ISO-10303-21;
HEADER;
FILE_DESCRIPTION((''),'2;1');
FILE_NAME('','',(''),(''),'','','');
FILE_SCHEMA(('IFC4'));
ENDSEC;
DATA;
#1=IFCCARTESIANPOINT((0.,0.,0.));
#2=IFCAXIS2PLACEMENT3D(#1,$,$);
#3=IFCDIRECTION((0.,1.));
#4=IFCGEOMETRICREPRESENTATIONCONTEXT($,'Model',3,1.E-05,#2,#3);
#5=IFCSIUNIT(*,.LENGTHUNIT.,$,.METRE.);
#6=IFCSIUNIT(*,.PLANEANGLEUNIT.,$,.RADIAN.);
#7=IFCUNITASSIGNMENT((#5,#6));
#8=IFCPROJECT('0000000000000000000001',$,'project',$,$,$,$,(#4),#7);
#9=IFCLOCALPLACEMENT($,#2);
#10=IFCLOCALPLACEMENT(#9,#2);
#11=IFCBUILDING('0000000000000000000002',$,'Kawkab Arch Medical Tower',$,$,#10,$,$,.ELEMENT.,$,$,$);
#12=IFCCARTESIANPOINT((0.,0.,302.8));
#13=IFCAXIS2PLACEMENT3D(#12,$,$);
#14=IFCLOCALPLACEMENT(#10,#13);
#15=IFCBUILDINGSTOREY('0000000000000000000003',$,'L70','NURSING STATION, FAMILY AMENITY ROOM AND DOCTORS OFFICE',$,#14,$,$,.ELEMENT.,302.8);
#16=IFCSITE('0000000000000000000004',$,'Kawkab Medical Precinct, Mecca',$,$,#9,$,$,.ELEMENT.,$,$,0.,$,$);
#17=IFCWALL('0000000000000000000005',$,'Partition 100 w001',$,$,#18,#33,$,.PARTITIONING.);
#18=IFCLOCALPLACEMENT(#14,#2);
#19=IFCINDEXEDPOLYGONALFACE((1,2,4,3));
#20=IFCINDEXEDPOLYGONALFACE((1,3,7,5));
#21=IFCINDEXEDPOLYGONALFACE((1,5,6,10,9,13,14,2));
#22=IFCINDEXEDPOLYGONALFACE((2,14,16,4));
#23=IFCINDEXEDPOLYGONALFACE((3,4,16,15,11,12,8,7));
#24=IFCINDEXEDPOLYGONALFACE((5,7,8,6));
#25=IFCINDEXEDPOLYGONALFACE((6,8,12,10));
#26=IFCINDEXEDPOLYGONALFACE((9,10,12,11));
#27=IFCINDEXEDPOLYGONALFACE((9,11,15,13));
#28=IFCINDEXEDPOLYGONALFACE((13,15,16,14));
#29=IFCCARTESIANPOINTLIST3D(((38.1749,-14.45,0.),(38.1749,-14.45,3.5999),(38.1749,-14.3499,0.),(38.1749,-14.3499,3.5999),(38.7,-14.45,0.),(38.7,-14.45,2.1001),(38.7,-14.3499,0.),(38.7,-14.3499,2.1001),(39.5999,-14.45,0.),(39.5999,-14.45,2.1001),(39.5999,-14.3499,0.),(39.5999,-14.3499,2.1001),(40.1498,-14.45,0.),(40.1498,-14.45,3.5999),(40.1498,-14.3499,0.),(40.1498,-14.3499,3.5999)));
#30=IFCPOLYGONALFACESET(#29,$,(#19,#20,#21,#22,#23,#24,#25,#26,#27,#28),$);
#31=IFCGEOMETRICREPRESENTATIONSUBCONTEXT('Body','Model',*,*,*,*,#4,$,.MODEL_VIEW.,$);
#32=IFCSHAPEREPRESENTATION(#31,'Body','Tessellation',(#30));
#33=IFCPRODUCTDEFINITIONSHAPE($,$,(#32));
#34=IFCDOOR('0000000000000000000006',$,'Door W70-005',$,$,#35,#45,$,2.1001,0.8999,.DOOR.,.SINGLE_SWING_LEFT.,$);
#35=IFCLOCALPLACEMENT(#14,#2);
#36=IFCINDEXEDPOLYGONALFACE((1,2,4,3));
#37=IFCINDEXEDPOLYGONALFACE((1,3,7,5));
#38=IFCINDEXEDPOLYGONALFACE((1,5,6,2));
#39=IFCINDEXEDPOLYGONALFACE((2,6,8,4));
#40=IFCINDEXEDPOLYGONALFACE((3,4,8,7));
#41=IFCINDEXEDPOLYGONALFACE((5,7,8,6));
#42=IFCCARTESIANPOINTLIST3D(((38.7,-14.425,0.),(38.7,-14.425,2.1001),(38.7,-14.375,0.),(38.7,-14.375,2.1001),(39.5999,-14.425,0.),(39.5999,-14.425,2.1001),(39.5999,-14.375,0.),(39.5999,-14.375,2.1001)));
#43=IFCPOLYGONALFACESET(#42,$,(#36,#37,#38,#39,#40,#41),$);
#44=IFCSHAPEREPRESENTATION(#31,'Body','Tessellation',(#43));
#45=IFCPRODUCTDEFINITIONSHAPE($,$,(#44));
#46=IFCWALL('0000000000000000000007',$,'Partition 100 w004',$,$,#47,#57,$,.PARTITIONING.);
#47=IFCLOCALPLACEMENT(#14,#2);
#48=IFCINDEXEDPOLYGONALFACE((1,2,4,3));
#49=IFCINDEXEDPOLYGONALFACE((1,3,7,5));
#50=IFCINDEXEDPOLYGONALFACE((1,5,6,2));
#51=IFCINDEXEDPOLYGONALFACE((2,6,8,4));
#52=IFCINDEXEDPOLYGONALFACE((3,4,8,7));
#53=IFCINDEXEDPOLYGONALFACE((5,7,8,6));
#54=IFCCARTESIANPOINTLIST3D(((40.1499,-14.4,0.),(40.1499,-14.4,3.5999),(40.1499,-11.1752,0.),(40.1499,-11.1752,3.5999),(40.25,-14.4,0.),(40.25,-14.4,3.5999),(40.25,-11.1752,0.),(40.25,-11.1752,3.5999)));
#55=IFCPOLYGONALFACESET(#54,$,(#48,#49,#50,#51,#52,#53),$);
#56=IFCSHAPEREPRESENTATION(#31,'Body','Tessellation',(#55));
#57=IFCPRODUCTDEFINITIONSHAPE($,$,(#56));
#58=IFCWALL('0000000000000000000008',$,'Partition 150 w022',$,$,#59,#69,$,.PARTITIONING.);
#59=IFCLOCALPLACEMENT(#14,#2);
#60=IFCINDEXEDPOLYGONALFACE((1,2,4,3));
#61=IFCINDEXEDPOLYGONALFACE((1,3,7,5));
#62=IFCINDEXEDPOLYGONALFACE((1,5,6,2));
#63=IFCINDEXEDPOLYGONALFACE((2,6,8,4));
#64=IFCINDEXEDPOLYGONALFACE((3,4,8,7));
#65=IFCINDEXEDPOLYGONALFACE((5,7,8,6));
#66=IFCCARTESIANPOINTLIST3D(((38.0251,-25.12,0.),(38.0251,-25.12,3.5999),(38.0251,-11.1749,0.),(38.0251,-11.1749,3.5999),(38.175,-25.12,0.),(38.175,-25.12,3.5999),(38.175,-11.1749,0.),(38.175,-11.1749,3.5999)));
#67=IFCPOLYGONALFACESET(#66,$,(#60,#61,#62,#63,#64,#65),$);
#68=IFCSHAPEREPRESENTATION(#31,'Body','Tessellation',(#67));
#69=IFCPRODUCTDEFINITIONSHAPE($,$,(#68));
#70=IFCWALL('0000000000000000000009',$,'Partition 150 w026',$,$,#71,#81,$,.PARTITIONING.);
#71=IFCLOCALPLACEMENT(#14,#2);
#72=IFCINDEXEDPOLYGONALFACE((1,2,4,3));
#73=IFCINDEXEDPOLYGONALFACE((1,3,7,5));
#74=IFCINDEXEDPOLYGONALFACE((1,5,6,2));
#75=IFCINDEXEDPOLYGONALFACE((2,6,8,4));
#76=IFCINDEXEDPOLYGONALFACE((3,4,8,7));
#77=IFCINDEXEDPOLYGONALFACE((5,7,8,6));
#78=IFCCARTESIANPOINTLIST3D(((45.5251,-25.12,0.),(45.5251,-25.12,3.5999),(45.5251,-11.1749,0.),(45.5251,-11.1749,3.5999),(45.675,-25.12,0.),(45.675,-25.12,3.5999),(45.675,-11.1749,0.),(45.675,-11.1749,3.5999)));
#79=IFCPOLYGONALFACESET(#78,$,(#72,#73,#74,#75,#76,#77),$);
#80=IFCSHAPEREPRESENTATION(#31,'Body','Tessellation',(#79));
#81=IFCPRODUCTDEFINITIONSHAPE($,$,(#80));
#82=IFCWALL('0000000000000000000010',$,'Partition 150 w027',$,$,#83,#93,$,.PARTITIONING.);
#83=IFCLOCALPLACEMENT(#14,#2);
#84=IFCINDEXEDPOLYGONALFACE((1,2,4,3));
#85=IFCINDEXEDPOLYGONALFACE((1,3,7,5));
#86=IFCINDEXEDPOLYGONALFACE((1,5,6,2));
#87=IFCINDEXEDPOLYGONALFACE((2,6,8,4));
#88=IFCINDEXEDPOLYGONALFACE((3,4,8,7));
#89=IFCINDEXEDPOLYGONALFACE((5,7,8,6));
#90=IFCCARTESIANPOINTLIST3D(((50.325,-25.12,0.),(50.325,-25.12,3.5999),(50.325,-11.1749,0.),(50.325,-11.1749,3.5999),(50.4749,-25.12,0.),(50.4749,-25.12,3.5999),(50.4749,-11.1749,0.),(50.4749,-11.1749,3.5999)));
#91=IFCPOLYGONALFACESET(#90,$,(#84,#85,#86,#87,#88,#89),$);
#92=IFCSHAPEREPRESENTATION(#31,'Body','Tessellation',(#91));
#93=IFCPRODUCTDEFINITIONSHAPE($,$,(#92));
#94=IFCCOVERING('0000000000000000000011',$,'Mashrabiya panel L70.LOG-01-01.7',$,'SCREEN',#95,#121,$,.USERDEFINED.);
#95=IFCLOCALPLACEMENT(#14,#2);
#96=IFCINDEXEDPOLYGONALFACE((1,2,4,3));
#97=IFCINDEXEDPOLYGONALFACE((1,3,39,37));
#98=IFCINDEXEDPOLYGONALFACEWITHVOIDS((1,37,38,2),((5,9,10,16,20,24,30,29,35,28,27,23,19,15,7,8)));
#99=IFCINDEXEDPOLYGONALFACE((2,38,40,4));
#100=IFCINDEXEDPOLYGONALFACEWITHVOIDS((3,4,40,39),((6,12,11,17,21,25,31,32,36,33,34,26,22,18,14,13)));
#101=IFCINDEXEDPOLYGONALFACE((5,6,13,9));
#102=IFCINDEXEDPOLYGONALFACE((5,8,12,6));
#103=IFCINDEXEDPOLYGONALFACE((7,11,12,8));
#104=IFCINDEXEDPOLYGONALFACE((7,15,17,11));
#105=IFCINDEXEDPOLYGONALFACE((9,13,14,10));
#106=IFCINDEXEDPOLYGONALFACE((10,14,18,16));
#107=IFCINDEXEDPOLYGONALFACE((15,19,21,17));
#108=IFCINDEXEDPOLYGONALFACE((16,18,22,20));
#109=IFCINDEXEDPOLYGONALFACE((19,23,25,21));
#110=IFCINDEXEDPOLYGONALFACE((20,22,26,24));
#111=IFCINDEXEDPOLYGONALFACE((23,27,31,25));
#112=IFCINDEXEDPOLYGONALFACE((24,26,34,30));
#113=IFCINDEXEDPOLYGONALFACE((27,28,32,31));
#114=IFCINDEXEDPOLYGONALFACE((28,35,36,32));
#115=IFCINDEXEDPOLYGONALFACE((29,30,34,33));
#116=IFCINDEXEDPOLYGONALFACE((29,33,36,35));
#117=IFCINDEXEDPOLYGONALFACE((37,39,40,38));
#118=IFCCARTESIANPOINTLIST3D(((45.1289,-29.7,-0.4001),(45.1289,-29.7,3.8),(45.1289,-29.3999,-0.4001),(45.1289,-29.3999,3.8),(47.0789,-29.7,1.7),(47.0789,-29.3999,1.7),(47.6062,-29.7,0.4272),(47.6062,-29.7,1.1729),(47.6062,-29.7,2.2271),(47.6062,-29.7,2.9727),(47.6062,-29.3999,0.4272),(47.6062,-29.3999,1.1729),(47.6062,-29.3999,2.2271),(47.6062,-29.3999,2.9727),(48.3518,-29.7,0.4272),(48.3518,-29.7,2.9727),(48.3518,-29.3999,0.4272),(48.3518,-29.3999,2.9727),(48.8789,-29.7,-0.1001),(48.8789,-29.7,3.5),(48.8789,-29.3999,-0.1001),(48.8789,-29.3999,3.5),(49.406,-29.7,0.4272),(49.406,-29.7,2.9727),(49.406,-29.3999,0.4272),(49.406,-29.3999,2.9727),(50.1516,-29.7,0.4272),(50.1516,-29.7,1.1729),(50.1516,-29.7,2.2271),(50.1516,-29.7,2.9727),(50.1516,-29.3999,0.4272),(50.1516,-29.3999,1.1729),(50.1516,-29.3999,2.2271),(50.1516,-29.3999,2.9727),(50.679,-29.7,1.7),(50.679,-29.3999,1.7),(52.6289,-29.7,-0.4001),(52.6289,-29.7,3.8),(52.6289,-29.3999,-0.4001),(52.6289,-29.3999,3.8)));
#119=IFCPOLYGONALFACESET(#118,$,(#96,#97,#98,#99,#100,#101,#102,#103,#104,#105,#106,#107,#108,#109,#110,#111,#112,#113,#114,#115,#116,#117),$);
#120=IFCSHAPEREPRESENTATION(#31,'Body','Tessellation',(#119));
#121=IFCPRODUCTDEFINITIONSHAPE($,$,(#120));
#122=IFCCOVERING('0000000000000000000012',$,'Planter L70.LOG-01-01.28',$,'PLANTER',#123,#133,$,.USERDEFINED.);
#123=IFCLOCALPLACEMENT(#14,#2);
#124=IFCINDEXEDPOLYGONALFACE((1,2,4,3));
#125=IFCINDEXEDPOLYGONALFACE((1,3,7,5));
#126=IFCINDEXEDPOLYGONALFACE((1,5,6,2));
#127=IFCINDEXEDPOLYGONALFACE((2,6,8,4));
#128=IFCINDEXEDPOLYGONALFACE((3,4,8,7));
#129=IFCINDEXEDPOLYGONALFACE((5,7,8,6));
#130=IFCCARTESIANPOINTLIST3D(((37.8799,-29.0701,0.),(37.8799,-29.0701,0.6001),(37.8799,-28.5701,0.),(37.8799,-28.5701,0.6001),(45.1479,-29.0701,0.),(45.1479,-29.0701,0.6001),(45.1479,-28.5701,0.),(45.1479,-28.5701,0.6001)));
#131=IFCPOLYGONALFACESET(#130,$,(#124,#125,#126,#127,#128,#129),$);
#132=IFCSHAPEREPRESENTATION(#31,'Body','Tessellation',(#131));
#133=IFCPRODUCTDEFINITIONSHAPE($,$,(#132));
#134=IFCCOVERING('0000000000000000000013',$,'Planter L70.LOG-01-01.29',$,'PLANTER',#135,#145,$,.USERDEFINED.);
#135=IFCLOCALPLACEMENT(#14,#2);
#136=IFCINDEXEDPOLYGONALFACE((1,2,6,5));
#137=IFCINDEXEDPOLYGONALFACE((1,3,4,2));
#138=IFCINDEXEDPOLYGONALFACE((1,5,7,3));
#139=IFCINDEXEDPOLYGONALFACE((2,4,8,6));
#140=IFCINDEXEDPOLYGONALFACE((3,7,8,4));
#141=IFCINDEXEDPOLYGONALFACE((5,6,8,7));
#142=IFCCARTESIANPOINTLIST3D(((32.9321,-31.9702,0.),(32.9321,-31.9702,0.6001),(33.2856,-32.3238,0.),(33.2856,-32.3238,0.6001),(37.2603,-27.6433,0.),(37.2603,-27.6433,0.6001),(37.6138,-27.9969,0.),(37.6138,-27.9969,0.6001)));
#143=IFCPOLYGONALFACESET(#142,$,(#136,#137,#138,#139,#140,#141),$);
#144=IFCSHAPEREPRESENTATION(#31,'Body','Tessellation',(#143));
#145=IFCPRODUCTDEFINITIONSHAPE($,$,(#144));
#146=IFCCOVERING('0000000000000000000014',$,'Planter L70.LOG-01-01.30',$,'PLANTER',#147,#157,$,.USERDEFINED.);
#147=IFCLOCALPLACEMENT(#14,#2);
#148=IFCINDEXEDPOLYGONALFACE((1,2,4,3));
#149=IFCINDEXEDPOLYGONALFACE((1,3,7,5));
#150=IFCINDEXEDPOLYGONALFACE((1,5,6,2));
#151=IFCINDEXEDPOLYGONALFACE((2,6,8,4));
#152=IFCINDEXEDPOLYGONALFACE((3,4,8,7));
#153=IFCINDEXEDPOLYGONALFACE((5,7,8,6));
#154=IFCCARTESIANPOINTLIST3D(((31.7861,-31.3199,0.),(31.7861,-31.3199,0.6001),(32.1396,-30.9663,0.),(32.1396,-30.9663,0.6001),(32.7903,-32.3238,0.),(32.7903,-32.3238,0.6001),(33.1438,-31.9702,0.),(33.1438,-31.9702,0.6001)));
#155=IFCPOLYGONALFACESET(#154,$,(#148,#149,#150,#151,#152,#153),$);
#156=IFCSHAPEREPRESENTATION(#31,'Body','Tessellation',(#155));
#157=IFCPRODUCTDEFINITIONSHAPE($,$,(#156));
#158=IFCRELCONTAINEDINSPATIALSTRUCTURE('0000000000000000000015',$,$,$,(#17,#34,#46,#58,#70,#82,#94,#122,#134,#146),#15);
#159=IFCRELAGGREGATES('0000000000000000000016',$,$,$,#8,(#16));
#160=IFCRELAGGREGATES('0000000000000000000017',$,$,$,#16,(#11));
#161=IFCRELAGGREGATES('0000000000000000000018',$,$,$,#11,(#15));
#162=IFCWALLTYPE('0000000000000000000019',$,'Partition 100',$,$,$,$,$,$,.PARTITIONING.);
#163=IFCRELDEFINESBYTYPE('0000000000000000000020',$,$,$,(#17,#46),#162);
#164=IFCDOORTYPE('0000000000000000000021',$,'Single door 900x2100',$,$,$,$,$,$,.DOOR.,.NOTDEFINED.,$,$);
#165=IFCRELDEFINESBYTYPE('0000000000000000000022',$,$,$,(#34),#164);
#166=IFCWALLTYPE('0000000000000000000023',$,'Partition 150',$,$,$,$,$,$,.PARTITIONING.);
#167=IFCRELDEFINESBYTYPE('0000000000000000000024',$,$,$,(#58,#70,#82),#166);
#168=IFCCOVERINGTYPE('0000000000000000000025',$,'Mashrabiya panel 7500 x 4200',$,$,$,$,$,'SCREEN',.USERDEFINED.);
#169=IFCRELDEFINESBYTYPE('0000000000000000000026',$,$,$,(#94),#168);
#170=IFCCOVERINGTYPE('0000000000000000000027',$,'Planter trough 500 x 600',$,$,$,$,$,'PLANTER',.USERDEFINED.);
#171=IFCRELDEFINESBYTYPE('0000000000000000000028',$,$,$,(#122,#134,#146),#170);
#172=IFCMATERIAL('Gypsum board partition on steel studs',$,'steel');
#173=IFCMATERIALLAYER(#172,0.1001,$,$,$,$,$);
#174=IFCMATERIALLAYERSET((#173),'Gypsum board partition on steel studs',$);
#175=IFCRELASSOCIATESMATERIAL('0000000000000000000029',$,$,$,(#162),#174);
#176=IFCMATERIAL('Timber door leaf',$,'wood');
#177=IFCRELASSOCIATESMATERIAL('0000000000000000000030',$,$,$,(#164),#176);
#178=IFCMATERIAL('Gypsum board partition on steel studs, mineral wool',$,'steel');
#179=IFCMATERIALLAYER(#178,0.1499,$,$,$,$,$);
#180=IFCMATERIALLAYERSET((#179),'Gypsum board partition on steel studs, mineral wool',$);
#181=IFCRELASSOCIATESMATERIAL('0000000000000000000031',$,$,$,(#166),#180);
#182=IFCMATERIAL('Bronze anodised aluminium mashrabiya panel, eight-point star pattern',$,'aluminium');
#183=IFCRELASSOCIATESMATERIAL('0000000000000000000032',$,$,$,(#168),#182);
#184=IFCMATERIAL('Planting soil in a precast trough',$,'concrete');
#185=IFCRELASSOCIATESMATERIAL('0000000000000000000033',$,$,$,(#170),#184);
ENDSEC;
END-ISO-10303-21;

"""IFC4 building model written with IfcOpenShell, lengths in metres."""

from ifc_helpers import new_model, si_unit, direction, frame, frame_2d, origin, origin_2d, place, context, subcontext, project, spatial, polyline, rectangle, outline, extrude, material, layer, layer_set, material_profile, profile_set, type_object, element, fill, save


model = new_model("IFC4")

# Units and contexts
model_context = context("Model", 3, precision=1e-05, world=origin(), true_north=direction((0.0, 1.0)))
body_context = subcontext(model_context, "Body", "Model", "MODEL_VIEW")
ifc_project = project(units=[si_unit("LENGTHUNIT", "METRE"), si_unit("PLANEANGLEUNIT", "RADIAN")], contexts=[model_context])

# Site, building, storey
site_placement = place(None, origin())
site = spatial("IfcSite", under=ifc_project, at=site_placement, Name="Kawkab Medical Precinct, Mecca", CompositionType="ELEMENT", RefElevation=0.0)
building_placement = place(site_placement, origin())
building = spatial("IfcBuilding", under=site, at=building_placement, Name="Kawkab Arch Medical Tower", CompositionType="ELEMENT")
storey_placement = place(building_placement, frame((0.0, 0.0, 302.8)))
storey = spatial("IfcBuildingStorey", under=building, at=storey_placement, Name="L70", Description="NURSING STATION, FAMILY AMENITY ROOM AND DOCTORS OFFICE", CompositionType="ELEMENT", Elevation=302.8)

# Wall, opening, door
ifc_material_1 = material(Name="Gypsum board partition on steel studs", Category="steel")
ifc_layer_1 = layer(ifc_material_1, 0.1001)
ifc_layer_set_1 = layer_set([ifc_layer_1], Name="Gypsum board partition on steel studs")
wall_type_1 = type_object("IfcWallType", Name="Partition 100", PredefinedType="PARTITIONING", material=ifc_layer_set_1)
wall_1_placement = place(storey_placement, frame((38.175, -14.3999, 0.0), z_axis=(0.0, 0.0, 1.0), x_axis=(1.0, 0.0, 0.0)))
wall_1 = element("IfcWall", 1, at=wall_1_placement, inside=storey, type_object=wall_type_1, Name="Partition 100 w001", PredefinedType="PARTITIONING", context=body_context, shape_type="SweptSolid", body=[
    extrude(rectangle(XDim=1.9749, YDim=0.1001, at=frame_2d((0.9873, 0.0))), origin(), (0.0, 0.0, 1.0), 3.5999),
])
opening_1_placement = place(wall_1_placement, frame((0.5249, 0.0, 0.0)))
opening_1 = element("IfcOpeningElement", 2, at=opening_1_placement, cuts=wall_1, PredefinedType="OPENING", context=body_context, shape_type="SweptSolid", body=[
    extrude(rectangle(XDim=0.8999, YDim=2.1001, at=frame_2d((0.45, 1.05))), frame((0.0, 0.0601, 0.0), z_axis=(0.0, -1.0, 0.0), x_axis=(1.0, 0.0, 0.0)), (0.0, 0.0, 1.0), 0.1201),
])
ifc_material_2 = material(Name="Timber door leaf", Category="wood")
door_type_1 = type_object("IfcDoorType", Name="Single door 900x2100", OperationType="NOTDEFINED", PredefinedType="DOOR", material=ifc_material_2)
door_1_placement = place(opening_1_placement, origin())
door_1 = element("IfcDoor", 3, at=door_1_placement, inside=storey, type_object=door_type_1, Name="Door W70-005", OperationType="SINGLE_SWING_LEFT", OverallHeight=2.1001, OverallWidth=0.8999, PredefinedType="DOOR", context=body_context, shape_type="SweptSolid", body=[
    extrude(rectangle(XDim=0.8999, YDim=2.1001, at=frame_2d((0.45, 1.05))), frame((0.0, 0.0249, 0.0), z_axis=(0.0, -1.0, 0.0), x_axis=(1.0, 0.0, 0.0)), (0.0, 0.0, 1.0), 0.05),
])
fill(opening_1, door_1)

# Walls
wall_2_placement = place(storey_placement, frame((40.2, -14.3999, 0.0), z_axis=(0.0, 0.0, 1.0), x_axis=(0.0, 1.0, 0.0)))
element("IfcWall", 4, at=wall_2_placement, inside=storey, type_object=wall_type_1, Name="Partition 100 w004", PredefinedType="PARTITIONING", context=body_context, shape_type="SweptSolid", body=[
    extrude(rectangle(XDim=3.2249, YDim=0.1001, at=frame_2d((1.6123, 0.0))), origin(), (0.0, 0.0, 1.0), 3.5999),
])
ifc_material_3 = material(Name="Gypsum board partition on steel studs, mineral wool", Category="steel")
ifc_layer_2 = layer(ifc_material_3, 0.1499)
ifc_layer_set_2 = layer_set([ifc_layer_2], Name="Gypsum board partition on steel studs, mineral wool")
wall_type_2 = type_object("IfcWallType", Name="Partition 150", PredefinedType="PARTITIONING", material=ifc_layer_set_2)
for number, where, z_axis, x_axis, name in (
    (5, (38.1001, -25.1201, 0.0), (0.0, 0.0, 1.0), (0.0, 1.0, 0.0), "Partition 150 w022"),
    (6, (45.6001, -25.1201, 0.0), (0.0, 0.0, 1.0), (0.0, 1.0, 0.0), "Partition 150 w026"),
    (7, (50.3999, -25.1201, 0.0), (0.0, 0.0, 1.0), (0.0, 1.0, 0.0), "Partition 150 w027"),
):
    element("IfcWall", number, at=place(storey_placement, frame(where, z_axis=z_axis, x_axis=x_axis)), inside=storey, type_object=wall_type_2, Name=name, PredefinedType="PARTITIONING", context=body_context, shape_type="SweptSolid", body=[
        extrude(rectangle(XDim=13.9451, YDim=0.1499, at=frame_2d((6.9727, 0.0))), origin(), (0.0, 0.0, 1.0), 3.5999),
    ])

# Coverings
ifc_material_4 = material(Name="Bronze anodised aluminium mashrabiya panel, eight-point star pattern", Category="aluminium")
ifc_material_profile_1 = material_profile(ifc_material_4, outline(polyline([(-3.75, -2.1001), (3.75, -2.1001), (3.75, 2.1001), (-3.75, 2.1001), (-3.75, -2.1001)]), holes=[polyline([(1.8, 0.0), (1.2727, 0.5271), (1.2727, 1.2727), (0.5271, 1.2727), (0.0, 1.8), (-0.5271, 1.2727), (-1.2727, 1.2727), (-1.2727, 0.5271), (-1.8, 0.0), (-1.2727, -0.5271), (-1.2727, -1.2727), (-0.5271, -1.2727), (0.0, -1.8), (0.5271, -1.2727), (1.2727, -1.2727), (1.2727, -0.5271), (1.8, 0.0)])]), Name="Mashrabiya panel 7500x4200")
ifc_profile_set_1 = profile_set([ifc_material_profile_1], Name="Bronze anodised aluminium mashrabiya panel, eight-point star pattern")
covering_type_1 = type_object("IfcCoveringType", Name="Mashrabiya panel 7500 x 4200", ElementType="SCREEN", PredefinedType="USERDEFINED", material=ifc_profile_set_1)
covering_1_placement = place(storey_placement, frame((48.8789, -29.3999, 1.7), z_axis=(0.0, -1.0, 0.0), x_axis=(1.0, 0.0, 0.0)))
element("IfcCovering", 8, at=covering_1_placement, inside=storey, type_object=covering_type_1, Name="Mashrabiya panel L70.LOG-01-01.7", ObjectType="SCREEN", PredefinedType="USERDEFINED", context=body_context, shape_type="SweptSolid", body=[
    extrude(outline(polyline([(-3.75, -2.1001), (3.75, -2.1001), (3.75, 2.1001), (-3.75, 2.1001), (-3.75, -2.1001)]), holes=[polyline([(1.8, 0.0), (1.2727, 0.5271), (1.2727, 1.2727), (0.5271, 1.2727), (0.0, 1.8), (-0.5271, 1.2727), (-1.2727, 1.2727), (-1.2727, 0.5271), (-1.8, 0.0), (-1.2727, -0.5271), (-1.2727, -1.2727), (-0.5271, -1.2727), (0.0, -1.8), (0.5271, -1.2727), (1.2727, -1.2727), (1.2727, -0.5271), (1.8, 0.0)])]), origin(), (0.0, 0.0, 1.0), 0.3),
])
ifc_material_5 = material(Name="Planting soil in a precast trough", Category="concrete")
ifc_material_profile_2 = material_profile(ifc_material_5, rectangle(XDim=0.5, YDim=0.6001, at=origin_2d()), Name="Trough 500x600")
ifc_profile_set_2 = profile_set([ifc_material_profile_2], Name="Planting soil in a precast trough")
covering_type_2 = type_object("IfcCoveringType", Name="Planter trough 500 x 600", ElementType="PLANTER", PredefinedType="USERDEFINED", material=ifc_profile_set_2)
covering_2_placement = place(storey_placement, frame((45.1479, -28.8201, 0.3), z_axis=(-1.0, 0.0, 0.0), x_axis=(0.0, -1.0, 0.0)))
element("IfcCovering", 9, at=covering_2_placement, inside=storey, type_object=covering_type_2, Name="Planter L70.LOG-01-01.28", ObjectType="PLANTER", PredefinedType="USERDEFINED", context=body_context, shape_type="SweptSolid", body=[
    extrude(rectangle(XDim=0.5, YDim=0.6001, at=origin_2d()), origin(), (0.0, 0.0, 1.0), 7.2681),
])
covering_3_placement = place(storey_placement, frame((37.437, -27.8201, 0.3), z_axis=(-0.707207, -0.707007, 0.0), x_axis=(0.707007, -0.707207, 0.0)))
element("IfcCovering", 10, at=covering_3_placement, inside=storey, type_object=covering_type_2, Name="Planter L70.LOG-01-01.29", ObjectType="PLANTER", PredefinedType="USERDEFINED", context=body_context, shape_type="SweptSolid", body=[
    extrude(rectangle(XDim=0.5, YDim=0.6001, at=origin_2d()), origin(), (0.0, 0.0, 1.0), 6.1201),
])
covering_4_placement = place(storey_placement, frame((32.967, -32.147, 0.3), z_axis=(-0.707193, 0.707021, 0.0), x_axis=(-0.707021, -0.707193, 0.0)))
element("IfcCovering", 11, at=covering_4_placement, inside=storey, type_object=covering_type_2, Name="Planter L70.LOG-01-01.30", ObjectType="PLANTER", PredefinedType="USERDEFINED", context=body_context, shape_type="SweptSolid", body=[
    extrude(rectangle(XDim=0.5, YDim=0.6001, at=origin_2d()), origin(), (0.0, 0.0, 1.0), 1.4199),
])

save(model, "model.ifc")
